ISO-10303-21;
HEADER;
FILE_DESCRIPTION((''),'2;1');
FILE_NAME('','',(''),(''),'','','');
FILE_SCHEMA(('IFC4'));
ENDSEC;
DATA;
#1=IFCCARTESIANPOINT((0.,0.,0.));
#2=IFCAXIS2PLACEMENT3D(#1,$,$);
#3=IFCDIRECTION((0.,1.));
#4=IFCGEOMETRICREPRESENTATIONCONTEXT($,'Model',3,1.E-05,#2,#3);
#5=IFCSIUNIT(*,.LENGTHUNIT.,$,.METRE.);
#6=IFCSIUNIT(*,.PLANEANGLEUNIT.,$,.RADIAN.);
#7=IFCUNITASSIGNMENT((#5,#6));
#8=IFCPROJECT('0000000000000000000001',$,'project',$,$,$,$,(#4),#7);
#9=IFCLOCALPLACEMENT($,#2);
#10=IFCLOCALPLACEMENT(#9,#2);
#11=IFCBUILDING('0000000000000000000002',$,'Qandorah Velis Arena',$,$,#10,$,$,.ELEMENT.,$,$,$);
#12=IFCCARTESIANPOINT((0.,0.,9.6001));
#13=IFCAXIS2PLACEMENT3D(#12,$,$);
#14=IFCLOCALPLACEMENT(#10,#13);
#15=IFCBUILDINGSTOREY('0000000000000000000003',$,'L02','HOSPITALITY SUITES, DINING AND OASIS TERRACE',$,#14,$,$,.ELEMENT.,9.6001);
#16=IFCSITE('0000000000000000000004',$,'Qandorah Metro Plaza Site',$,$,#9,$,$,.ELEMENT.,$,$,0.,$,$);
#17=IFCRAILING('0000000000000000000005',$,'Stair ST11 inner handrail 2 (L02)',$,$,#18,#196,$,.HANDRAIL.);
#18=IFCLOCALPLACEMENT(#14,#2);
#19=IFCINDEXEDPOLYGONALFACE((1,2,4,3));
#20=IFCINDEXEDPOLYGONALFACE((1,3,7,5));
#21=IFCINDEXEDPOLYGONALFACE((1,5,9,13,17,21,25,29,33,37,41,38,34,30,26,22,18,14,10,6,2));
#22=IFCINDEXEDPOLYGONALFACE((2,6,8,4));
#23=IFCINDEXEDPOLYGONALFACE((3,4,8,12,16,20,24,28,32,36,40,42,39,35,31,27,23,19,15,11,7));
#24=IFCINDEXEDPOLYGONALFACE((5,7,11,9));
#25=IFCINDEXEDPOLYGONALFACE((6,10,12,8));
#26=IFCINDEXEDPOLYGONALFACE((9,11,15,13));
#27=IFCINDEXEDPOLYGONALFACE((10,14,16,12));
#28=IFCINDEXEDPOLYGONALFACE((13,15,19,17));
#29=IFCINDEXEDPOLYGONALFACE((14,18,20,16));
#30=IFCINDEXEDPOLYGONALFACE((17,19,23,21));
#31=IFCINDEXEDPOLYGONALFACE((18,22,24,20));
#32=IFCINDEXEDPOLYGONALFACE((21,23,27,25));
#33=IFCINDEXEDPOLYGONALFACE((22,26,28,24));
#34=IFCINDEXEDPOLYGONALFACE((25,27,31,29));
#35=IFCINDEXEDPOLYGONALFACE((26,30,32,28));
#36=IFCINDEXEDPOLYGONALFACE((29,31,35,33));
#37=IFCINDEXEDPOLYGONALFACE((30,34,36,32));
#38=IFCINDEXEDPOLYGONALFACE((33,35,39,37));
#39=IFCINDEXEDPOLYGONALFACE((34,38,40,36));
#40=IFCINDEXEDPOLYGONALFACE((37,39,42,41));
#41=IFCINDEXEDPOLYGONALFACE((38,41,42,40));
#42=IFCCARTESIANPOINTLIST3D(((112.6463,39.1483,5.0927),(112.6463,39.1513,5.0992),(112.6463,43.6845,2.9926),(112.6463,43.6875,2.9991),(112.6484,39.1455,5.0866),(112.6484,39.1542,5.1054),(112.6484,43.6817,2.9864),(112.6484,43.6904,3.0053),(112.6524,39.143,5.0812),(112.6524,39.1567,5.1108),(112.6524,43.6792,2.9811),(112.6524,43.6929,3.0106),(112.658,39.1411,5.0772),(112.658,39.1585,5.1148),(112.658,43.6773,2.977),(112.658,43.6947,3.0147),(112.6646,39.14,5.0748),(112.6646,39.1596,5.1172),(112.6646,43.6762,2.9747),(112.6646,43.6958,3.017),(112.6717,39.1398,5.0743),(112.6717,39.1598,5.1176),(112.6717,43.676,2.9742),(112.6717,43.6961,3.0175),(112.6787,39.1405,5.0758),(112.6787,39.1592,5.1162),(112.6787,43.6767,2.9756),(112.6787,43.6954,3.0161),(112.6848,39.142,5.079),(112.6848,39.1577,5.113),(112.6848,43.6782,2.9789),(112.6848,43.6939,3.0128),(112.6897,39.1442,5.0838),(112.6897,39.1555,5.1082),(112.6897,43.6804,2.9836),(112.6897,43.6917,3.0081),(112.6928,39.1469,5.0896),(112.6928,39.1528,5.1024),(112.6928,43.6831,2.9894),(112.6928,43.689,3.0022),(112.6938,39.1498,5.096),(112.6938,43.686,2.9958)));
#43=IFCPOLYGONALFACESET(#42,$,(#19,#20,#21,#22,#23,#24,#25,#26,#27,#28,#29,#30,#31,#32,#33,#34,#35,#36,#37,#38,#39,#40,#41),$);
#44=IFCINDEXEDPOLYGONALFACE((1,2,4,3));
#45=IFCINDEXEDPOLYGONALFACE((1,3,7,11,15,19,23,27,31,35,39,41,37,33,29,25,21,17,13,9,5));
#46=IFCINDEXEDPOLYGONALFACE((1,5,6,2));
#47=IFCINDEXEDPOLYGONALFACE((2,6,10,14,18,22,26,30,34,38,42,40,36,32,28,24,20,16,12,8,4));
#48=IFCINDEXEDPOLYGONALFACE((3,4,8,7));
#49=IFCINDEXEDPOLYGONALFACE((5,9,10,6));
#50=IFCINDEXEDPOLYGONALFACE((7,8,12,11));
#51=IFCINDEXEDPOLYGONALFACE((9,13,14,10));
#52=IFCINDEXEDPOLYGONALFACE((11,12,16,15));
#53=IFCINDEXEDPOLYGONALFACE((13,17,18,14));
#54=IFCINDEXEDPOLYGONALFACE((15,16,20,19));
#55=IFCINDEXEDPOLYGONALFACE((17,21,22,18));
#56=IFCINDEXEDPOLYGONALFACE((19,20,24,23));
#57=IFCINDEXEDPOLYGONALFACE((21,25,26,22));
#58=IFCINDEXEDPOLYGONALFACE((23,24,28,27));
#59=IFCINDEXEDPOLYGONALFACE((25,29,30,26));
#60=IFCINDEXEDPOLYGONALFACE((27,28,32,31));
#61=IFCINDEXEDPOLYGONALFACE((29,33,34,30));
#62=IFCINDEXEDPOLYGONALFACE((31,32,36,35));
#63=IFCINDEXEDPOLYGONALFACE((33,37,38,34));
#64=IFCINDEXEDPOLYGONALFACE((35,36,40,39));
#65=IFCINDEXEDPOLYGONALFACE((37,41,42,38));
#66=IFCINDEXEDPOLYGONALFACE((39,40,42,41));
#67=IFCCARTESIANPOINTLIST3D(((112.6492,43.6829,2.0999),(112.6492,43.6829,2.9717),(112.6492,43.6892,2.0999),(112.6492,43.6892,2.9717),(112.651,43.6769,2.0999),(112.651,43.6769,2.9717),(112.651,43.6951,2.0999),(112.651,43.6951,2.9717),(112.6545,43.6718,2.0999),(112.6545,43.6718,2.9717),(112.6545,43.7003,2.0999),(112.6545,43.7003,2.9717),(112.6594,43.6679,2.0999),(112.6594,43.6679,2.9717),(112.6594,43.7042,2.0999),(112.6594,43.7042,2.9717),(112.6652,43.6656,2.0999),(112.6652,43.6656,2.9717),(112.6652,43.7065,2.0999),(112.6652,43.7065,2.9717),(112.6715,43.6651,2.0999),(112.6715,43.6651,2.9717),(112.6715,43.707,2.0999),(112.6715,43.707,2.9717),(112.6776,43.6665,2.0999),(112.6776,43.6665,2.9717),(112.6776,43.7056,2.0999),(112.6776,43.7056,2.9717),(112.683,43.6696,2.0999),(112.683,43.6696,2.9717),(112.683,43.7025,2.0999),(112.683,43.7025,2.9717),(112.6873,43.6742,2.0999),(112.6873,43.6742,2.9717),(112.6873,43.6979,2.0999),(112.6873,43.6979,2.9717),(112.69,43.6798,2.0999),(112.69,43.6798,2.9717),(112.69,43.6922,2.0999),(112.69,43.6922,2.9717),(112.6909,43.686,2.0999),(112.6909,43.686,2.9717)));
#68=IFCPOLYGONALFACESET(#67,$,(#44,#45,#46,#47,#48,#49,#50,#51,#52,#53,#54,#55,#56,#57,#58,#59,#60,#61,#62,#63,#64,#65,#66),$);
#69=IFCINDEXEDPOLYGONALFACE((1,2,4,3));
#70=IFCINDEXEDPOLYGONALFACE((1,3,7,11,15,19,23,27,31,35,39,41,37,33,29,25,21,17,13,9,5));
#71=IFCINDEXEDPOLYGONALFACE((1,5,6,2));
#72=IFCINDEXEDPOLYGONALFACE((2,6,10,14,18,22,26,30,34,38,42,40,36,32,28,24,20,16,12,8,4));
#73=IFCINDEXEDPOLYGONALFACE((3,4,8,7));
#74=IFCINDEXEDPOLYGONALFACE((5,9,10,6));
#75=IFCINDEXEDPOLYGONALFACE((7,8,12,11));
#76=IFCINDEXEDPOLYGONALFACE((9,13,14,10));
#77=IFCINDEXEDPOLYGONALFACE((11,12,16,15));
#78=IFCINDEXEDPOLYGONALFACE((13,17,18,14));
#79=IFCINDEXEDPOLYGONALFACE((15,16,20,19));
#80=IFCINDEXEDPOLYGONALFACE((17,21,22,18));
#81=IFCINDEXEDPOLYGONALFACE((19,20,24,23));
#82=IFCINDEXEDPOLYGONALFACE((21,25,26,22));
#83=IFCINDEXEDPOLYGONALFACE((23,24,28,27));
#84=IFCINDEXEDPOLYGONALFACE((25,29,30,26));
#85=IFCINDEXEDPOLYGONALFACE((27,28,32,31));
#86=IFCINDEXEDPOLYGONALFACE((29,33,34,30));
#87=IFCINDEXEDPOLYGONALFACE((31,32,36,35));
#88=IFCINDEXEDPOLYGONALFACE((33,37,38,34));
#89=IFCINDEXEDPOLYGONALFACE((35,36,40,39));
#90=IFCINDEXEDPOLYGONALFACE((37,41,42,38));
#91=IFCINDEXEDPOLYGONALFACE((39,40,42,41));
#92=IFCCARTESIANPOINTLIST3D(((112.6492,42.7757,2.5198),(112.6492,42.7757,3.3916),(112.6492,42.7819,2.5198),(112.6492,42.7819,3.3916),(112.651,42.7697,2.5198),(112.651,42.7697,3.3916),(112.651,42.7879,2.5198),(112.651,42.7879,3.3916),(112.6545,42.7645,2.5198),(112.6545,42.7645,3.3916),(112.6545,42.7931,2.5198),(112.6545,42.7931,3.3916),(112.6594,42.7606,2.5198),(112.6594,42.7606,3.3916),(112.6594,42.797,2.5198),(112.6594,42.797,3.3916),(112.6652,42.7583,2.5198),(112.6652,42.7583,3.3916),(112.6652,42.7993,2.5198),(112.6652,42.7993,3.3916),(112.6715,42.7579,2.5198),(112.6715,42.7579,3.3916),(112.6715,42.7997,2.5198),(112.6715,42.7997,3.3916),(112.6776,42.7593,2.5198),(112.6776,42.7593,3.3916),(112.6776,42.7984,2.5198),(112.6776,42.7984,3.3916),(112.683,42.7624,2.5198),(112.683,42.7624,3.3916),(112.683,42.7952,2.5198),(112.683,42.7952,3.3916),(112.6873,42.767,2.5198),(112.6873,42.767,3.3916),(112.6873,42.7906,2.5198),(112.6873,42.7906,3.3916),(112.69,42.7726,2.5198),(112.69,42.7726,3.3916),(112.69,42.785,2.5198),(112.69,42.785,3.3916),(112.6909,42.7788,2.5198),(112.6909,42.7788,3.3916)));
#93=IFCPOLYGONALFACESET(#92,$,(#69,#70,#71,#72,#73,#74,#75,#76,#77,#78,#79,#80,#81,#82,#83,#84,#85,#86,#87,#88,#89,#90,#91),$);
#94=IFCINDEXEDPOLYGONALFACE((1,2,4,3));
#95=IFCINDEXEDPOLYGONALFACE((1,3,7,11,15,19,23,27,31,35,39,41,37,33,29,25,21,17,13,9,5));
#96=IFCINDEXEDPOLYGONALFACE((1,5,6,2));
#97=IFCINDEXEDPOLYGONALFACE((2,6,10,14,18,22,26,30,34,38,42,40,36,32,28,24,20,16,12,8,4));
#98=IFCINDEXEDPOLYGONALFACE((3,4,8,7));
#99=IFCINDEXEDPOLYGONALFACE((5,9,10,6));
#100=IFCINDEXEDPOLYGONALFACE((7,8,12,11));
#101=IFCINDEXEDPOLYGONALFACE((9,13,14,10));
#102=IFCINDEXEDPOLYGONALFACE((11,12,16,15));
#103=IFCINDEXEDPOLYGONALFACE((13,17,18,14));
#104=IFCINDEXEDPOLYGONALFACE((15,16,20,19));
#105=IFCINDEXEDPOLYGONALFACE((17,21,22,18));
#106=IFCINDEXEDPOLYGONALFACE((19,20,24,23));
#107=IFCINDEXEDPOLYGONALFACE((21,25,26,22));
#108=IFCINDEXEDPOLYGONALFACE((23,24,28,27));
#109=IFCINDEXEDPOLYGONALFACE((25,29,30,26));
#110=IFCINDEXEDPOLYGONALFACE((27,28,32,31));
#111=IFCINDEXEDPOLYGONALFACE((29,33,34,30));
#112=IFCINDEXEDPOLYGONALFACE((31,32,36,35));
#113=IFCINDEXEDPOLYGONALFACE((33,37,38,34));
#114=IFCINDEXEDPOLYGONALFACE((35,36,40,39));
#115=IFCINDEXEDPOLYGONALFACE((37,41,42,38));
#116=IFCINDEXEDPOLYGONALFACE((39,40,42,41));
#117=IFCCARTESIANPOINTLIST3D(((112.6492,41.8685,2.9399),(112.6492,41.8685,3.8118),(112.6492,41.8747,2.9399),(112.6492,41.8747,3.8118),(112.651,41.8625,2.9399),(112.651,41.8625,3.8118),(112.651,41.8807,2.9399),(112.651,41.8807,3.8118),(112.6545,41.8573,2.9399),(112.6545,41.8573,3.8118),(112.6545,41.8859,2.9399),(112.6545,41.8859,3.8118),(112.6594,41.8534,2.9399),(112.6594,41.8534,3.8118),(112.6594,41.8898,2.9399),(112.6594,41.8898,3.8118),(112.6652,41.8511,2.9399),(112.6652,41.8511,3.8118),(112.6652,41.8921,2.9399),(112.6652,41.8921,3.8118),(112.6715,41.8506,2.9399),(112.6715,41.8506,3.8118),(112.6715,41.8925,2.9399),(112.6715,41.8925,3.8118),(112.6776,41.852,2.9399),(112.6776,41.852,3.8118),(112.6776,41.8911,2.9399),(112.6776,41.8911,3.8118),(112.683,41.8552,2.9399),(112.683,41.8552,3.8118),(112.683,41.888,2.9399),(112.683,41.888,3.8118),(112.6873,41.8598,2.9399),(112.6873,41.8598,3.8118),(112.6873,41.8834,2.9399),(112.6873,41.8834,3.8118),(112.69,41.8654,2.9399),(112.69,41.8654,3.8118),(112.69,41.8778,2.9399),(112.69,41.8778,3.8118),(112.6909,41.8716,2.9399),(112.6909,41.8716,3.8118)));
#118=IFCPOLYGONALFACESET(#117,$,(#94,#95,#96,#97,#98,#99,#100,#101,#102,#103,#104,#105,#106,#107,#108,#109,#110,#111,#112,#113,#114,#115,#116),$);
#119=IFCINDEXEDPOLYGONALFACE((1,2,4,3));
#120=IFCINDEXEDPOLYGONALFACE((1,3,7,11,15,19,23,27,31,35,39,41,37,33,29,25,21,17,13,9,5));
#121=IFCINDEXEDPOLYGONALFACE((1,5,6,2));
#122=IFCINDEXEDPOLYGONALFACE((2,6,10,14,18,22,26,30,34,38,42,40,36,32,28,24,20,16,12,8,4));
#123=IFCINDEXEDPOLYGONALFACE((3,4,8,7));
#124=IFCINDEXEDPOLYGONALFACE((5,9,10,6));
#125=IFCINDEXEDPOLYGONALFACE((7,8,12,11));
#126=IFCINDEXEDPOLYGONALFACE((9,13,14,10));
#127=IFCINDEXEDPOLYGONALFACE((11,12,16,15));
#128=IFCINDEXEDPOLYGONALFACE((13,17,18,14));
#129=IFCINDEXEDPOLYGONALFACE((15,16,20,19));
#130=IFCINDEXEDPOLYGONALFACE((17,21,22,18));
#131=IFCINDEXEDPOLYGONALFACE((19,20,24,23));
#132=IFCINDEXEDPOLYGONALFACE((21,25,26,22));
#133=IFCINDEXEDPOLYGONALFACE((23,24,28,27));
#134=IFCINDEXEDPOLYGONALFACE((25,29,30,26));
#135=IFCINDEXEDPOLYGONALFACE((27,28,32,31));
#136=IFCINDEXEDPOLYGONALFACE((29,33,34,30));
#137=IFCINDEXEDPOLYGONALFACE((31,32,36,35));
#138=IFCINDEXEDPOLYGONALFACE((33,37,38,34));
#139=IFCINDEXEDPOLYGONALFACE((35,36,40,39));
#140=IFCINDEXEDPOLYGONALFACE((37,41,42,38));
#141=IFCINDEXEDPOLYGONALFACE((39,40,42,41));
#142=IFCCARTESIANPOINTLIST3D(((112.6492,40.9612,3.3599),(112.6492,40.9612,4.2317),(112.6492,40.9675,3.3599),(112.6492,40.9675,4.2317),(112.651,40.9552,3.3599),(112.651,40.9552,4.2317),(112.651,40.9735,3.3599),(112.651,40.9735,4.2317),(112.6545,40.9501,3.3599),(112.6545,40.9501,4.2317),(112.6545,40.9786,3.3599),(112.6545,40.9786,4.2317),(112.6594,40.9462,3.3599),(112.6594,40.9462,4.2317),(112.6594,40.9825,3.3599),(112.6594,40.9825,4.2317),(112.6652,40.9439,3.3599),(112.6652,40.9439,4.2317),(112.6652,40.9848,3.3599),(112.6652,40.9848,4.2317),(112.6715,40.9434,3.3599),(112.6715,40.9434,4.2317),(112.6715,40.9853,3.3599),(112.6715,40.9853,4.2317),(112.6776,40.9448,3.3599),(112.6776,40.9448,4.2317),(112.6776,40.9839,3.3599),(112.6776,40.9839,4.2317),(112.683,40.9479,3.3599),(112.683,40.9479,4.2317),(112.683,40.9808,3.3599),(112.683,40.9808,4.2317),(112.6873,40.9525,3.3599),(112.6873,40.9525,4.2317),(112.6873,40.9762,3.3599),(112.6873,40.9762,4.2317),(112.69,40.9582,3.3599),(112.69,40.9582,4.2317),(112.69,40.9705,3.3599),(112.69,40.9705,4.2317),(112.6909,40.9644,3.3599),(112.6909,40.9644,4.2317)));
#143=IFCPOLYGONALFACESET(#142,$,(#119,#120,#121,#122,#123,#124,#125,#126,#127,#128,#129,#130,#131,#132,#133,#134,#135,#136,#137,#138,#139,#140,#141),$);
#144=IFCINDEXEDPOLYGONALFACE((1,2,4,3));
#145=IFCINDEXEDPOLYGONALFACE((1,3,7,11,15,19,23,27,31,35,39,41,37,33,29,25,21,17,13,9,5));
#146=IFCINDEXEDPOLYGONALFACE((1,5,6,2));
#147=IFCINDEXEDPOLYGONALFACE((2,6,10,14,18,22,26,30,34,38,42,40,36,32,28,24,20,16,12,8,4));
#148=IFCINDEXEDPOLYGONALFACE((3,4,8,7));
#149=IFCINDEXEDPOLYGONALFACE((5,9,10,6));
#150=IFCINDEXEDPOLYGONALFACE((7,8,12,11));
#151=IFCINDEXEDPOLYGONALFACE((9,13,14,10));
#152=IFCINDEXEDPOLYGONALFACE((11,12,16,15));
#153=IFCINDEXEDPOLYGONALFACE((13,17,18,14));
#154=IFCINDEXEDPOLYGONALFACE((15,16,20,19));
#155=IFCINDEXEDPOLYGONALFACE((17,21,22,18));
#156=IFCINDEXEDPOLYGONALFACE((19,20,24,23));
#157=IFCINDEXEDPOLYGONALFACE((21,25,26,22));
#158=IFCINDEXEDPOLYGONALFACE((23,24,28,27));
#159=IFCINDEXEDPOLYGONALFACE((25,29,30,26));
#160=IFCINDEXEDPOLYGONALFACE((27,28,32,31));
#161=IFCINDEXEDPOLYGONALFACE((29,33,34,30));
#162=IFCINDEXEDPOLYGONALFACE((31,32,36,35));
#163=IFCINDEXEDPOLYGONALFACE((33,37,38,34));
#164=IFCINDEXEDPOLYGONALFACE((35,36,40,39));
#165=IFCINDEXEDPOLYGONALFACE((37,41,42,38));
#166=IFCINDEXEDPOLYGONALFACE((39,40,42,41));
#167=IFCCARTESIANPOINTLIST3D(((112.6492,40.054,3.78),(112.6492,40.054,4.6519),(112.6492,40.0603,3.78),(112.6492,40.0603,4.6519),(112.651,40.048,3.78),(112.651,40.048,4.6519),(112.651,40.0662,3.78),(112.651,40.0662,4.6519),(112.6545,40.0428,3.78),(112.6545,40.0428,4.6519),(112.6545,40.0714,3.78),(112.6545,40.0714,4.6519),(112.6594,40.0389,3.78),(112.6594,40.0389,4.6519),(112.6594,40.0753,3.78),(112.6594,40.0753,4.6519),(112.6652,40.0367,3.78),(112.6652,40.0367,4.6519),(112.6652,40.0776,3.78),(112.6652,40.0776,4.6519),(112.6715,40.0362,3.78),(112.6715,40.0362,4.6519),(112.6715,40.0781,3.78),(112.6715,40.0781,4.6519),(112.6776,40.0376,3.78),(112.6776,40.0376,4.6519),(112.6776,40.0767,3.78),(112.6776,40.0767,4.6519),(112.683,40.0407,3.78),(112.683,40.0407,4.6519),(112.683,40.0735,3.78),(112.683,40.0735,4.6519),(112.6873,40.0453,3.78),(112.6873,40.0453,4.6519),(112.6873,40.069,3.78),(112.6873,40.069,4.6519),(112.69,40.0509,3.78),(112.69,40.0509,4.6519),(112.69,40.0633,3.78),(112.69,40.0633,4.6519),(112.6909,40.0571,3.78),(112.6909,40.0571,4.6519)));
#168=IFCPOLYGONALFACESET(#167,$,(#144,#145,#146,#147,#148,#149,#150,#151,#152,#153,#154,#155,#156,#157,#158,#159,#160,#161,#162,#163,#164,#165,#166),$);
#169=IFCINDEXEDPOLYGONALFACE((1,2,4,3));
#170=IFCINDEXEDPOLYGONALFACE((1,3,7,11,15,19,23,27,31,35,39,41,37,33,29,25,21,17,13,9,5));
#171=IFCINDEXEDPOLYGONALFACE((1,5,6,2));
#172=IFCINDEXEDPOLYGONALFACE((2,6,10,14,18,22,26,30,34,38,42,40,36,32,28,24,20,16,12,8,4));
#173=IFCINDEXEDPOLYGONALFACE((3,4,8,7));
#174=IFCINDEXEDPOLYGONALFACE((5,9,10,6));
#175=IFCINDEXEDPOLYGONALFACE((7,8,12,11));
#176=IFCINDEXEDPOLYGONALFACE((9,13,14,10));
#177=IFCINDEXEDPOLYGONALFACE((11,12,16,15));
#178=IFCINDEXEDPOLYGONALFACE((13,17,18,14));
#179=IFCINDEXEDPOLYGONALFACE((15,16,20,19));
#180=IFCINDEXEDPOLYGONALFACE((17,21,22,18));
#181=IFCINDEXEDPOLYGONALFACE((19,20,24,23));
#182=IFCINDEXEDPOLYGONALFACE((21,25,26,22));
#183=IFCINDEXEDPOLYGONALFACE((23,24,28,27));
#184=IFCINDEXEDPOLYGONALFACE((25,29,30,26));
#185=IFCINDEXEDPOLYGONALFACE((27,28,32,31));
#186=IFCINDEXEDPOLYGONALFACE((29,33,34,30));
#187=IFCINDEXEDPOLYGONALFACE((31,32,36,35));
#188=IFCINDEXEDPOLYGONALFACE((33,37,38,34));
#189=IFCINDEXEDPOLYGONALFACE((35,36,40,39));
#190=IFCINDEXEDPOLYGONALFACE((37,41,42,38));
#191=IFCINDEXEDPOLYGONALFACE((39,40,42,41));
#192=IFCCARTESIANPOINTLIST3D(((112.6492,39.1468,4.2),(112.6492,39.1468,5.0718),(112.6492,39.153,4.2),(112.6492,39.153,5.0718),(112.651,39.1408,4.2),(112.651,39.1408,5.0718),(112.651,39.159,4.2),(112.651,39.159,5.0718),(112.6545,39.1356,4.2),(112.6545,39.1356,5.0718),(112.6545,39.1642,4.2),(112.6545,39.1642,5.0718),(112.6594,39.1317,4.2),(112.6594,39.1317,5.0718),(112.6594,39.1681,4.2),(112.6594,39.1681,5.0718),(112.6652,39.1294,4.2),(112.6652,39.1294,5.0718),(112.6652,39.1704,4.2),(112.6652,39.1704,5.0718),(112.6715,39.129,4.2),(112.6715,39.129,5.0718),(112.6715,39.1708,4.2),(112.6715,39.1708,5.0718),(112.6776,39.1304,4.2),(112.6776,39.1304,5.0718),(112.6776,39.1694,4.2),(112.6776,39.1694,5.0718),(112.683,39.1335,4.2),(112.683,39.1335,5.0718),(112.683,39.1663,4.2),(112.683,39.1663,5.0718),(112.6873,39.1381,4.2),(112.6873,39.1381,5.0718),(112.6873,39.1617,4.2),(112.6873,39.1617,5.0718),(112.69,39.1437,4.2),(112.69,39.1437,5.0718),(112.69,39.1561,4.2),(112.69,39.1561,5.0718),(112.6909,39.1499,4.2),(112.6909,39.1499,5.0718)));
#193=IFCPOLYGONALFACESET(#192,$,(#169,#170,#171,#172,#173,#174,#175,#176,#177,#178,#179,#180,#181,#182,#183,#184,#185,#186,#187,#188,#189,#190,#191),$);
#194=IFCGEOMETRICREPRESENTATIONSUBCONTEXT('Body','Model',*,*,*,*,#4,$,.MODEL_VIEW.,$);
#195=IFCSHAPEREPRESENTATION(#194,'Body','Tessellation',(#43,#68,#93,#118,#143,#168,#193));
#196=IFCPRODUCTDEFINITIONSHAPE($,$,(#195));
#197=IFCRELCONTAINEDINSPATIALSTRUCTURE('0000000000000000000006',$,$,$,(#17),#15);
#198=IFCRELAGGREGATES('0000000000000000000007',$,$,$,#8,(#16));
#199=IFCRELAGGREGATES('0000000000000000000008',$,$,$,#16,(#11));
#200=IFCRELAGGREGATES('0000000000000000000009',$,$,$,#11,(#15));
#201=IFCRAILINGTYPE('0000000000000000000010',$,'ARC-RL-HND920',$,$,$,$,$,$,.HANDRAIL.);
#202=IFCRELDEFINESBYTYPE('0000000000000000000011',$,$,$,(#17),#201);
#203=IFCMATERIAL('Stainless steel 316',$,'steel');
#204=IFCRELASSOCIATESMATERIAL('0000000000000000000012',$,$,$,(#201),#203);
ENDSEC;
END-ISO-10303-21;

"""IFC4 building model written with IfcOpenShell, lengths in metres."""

from ifc_helpers import new_model, si_unit, direction, frame, origin, origin_2d, place, context, subcontext, project, spatial, circle, extrude, material, type_object, element, save


model = new_model("IFC4")

# Units and contexts
model_context = context("Model", 3, precision=1e-05, world=origin(), true_north=direction((0.0, 1.0)))
body_context = subcontext(model_context, "Body", "Model", "MODEL_VIEW")
ifc_project = project(units=[si_unit("LENGTHUNIT", "METRE"), si_unit("PLANEANGLEUNIT", "RADIAN")], contexts=[model_context])

# Site, building, storey
site_placement = place(None, origin())
site = spatial("IfcSite", under=ifc_project, at=site_placement, Name="Qandorah Metro Plaza Site", CompositionType="ELEMENT", RefElevation=0.0)
building_placement = place(site_placement, origin())
building = spatial("IfcBuilding", under=site, at=building_placement, Name="Qandorah Velis Arena", CompositionType="ELEMENT")
storey_placement = place(building_placement, frame((0.0, 0.0, 9.6001)))
storey = spatial("IfcBuildingStorey", under=building, at=storey_placement, Name="L02", Description="HOSPITALITY SUITES, DINING AND OASIS TERRACE", CompositionType="ELEMENT", Elevation=9.6001)

# Railing
ifc_material_1 = material(Name="Stainless steel 316", Category="steel")
railing_type_1 = type_object("IfcRailingType", Name="ARC-RL-HND920", PredefinedType="HANDRAIL", material=ifc_material_1)
railing_1_placement = place(storey_placement, frame((112.6699, 43.686, 2.0999)))
element("IfcRailing", 1, at=railing_1_placement, inside=storey, type_object=railing_type_1, Name="Stair ST11 inner handrail 2 (L02)", PredefinedType="HANDRAIL", context=body_context, shape_type="SweptSolid", body=[
    extrude(circle(Radius=0.0239, at=origin_2d()), frame((0.0, 0.0, 0.896), z_axis=(0.0, -0.907464, 0.42013), x_axis=(1.0, 0.0, 0.0)), (0.0, 0.0, 1.0), 4.9988),
    extrude(circle(Radius=0.021, at=origin_2d()), origin(), (0.0, 0.0, 1.0), 0.8718),
    extrude(circle(Radius=0.021, at=origin_2d()), frame((0.0, -0.9072, 0.4199)), (0.0, 0.0, 1.0), 0.8718),
    extrude(circle(Radius=0.021, at=origin_2d()), frame((0.0, -1.8145, 0.8401)), (0.0, 0.0, 1.0), 0.8718),
    extrude(circle(Radius=0.021, at=origin_2d()), frame((0.0, -2.7217, 1.26)), (0.0, 0.0, 1.0), 0.8718),
    extrude(circle(Radius=0.021, at=origin_2d()), frame((0.0, -3.6289, 1.6802)), (0.0, 0.0, 1.0), 0.8718),
    extrude(circle(Radius=0.021, at=origin_2d()), frame((0.0, -4.5361, 2.1001)), (0.0, 0.0, 1.0), 0.8718),
])

save(model, "model.ifc")
